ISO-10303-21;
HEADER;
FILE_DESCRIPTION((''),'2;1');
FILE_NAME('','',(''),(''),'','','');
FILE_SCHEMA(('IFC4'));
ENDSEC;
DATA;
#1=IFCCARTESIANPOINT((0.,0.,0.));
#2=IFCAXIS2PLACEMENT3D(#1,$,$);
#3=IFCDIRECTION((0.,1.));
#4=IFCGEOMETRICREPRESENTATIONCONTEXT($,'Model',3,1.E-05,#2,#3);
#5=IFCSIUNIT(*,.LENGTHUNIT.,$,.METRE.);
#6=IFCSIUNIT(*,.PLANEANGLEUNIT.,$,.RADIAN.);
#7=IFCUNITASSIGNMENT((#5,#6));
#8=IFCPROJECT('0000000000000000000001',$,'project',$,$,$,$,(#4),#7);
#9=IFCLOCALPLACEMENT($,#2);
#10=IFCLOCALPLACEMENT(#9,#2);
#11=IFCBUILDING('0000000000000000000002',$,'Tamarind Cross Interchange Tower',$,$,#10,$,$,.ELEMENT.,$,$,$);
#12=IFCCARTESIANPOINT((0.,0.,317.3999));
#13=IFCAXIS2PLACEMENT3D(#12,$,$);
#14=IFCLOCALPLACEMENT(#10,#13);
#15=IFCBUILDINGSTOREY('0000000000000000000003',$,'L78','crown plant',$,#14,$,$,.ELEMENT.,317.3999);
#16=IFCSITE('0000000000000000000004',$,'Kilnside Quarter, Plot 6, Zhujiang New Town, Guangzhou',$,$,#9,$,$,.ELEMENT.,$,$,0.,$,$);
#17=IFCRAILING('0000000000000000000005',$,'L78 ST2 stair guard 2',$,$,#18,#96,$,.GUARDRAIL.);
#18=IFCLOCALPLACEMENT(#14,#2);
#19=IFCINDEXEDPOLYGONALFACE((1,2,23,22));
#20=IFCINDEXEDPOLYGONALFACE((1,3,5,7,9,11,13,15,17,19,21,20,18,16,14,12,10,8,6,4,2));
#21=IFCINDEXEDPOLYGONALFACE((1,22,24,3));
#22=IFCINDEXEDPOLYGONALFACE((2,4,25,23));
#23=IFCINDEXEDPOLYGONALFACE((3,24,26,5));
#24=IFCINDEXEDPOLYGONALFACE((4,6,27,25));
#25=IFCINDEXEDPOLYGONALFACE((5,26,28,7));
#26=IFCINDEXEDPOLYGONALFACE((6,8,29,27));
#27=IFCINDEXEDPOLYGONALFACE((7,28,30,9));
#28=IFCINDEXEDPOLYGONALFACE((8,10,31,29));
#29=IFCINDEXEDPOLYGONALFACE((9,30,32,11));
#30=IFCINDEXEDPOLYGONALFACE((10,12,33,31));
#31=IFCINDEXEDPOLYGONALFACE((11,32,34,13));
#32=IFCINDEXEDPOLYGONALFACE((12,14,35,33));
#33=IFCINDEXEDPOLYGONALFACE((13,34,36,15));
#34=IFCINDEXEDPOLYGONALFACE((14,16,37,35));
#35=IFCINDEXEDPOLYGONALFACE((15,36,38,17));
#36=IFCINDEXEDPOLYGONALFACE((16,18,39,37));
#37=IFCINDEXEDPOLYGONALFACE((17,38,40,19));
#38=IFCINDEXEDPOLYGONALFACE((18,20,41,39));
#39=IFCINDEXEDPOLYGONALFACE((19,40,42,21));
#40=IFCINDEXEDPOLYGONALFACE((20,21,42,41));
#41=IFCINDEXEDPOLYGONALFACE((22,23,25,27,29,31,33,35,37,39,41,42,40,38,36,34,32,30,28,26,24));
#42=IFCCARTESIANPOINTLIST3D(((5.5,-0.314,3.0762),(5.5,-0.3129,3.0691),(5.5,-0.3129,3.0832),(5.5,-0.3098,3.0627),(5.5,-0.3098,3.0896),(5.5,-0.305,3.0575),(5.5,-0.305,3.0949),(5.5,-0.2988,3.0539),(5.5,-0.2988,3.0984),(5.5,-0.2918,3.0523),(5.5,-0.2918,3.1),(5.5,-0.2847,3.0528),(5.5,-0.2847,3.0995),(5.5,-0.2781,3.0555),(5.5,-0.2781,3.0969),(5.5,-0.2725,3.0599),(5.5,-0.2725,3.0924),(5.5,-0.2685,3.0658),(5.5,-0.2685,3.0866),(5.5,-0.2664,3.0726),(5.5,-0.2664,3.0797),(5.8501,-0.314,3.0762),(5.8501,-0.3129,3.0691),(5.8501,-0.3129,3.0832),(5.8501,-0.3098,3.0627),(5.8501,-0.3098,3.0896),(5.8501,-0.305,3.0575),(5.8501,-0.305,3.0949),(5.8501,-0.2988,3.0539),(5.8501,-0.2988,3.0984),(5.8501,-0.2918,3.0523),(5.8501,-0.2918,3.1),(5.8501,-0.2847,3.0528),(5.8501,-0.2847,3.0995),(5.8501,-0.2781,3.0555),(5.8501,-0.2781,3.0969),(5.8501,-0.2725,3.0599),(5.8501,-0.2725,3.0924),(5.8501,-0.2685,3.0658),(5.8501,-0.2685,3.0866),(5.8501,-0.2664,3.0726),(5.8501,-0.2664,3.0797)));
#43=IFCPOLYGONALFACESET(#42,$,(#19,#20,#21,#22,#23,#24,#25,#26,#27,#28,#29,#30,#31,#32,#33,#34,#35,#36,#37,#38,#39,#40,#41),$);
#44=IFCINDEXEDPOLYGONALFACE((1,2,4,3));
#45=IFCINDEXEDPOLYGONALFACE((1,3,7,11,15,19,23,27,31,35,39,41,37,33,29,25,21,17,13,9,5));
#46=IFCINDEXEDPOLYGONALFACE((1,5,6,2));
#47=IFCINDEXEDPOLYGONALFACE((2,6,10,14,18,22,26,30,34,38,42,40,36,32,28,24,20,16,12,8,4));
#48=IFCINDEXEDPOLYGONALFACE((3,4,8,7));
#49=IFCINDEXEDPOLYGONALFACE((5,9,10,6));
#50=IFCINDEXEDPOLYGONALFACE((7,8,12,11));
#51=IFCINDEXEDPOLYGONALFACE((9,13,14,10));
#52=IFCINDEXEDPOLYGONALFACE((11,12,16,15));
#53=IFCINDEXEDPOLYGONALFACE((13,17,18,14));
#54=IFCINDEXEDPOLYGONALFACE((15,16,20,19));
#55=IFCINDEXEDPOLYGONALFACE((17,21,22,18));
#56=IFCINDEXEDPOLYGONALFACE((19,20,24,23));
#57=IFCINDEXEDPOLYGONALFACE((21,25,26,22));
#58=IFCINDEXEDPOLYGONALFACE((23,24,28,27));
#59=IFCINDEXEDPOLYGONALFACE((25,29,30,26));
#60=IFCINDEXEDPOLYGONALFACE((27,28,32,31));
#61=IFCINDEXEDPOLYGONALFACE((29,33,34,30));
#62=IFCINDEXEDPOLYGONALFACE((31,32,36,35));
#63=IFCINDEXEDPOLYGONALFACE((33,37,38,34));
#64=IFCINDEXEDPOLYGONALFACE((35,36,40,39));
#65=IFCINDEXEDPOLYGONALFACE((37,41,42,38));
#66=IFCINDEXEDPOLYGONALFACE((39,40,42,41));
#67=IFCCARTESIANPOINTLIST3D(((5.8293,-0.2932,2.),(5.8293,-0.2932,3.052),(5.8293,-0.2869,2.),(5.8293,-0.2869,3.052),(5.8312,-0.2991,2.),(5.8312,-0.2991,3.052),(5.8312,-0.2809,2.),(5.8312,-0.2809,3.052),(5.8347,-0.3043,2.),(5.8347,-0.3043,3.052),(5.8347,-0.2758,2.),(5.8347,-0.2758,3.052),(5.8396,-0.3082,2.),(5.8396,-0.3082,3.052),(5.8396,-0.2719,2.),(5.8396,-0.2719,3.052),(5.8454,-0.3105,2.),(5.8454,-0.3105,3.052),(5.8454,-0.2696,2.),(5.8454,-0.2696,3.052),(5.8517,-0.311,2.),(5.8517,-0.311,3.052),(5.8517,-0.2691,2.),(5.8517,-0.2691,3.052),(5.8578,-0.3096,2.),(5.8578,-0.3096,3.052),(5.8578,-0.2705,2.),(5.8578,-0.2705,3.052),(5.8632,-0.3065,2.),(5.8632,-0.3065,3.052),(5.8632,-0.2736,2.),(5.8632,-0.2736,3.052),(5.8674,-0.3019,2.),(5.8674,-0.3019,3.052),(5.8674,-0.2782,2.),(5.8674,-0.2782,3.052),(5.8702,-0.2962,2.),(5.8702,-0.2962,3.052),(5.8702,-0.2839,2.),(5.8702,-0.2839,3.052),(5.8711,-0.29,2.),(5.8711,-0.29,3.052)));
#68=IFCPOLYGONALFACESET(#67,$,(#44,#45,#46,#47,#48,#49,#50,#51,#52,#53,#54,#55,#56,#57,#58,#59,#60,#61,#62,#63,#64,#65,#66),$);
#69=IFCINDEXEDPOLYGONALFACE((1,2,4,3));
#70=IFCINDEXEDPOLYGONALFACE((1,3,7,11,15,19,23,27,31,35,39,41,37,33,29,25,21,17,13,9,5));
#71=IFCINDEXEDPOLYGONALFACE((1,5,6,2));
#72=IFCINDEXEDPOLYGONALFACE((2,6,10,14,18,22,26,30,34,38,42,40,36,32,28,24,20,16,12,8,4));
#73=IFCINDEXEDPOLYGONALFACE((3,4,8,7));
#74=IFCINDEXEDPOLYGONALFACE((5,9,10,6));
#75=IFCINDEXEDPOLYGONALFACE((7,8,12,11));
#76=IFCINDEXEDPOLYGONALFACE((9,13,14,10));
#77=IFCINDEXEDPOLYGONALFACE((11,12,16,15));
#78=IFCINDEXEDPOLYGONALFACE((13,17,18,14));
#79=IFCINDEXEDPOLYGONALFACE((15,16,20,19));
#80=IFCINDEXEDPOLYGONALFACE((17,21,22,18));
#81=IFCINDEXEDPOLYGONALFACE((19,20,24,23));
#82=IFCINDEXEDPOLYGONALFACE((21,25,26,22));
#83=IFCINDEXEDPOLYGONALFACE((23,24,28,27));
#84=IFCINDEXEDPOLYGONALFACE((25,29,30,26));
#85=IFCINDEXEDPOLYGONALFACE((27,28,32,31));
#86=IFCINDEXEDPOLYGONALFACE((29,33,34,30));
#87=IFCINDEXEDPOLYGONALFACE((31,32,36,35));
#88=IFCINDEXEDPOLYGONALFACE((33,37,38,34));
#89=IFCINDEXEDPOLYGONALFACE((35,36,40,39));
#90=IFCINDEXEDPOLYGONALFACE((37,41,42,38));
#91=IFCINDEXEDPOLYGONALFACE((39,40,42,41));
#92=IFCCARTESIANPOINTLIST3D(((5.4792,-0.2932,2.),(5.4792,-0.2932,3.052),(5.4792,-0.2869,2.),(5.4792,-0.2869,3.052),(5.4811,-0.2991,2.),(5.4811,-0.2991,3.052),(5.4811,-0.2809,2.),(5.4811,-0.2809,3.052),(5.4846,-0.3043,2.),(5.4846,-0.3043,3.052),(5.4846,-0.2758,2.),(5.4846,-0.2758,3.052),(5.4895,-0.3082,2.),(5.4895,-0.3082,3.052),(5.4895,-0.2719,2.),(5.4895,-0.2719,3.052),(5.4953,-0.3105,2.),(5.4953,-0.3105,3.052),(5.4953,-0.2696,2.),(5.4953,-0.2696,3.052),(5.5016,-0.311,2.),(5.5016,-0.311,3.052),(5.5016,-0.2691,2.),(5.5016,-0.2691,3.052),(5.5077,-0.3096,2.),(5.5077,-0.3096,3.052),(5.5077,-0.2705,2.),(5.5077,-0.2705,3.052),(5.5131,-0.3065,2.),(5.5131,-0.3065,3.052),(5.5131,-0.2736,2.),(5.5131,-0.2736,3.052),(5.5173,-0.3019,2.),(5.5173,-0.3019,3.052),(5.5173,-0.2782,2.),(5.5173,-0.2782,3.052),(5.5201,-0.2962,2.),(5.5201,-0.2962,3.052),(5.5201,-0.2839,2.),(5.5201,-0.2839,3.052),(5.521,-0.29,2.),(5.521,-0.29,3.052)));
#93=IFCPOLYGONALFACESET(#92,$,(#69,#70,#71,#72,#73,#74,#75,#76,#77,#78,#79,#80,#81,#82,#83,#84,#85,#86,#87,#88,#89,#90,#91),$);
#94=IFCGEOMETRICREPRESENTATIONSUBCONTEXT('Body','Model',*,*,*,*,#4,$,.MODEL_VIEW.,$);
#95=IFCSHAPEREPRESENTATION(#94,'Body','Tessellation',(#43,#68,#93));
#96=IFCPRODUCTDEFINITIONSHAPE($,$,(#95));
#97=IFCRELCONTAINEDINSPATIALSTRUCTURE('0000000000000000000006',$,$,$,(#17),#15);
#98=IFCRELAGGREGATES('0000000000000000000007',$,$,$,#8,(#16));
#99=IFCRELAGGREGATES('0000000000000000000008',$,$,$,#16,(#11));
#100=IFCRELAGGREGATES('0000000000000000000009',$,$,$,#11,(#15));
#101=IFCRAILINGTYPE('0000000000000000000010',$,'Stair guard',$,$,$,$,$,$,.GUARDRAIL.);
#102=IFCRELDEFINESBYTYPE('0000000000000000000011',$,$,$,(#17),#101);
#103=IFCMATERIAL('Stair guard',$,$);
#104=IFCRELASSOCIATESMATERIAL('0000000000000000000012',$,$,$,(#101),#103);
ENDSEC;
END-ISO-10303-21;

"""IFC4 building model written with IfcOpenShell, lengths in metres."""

from ifc_helpers import new_model, si_unit, direction, frame, origin, origin_2d, place, context, subcontext, project, spatial, circle, extrude, material, type_object, element, save


model = new_model("IFC4")

# Units and contexts
model_context = context("Model", 3, precision=1e-05, world=origin(), true_north=direction((0.0, 1.0)))
body_context = subcontext(model_context, "Body", "Model", "MODEL_VIEW")
ifc_project = project(units=[si_unit("LENGTHUNIT", "METRE"), si_unit("PLANEANGLEUNIT", "RADIAN")], contexts=[model_context])

# Site, building, storey
site_placement = place(None, origin())
site = spatial("IfcSite", under=ifc_project, at=site_placement, Name="Kilnside Quarter, Plot 6, Zhujiang New Town, Guangzhou", CompositionType="ELEMENT", RefElevation=0.0)
building_placement = place(site_placement, origin())
building = spatial("IfcBuilding", under=site, at=building_placement, Name="Tamarind Cross Interchange Tower", CompositionType="ELEMENT")
storey_placement = place(building_placement, frame((0.0, 0.0, 317.3999)))
storey = spatial("IfcBuildingStorey", under=building, at=storey_placement, Name="L78", Description="crown plant", CompositionType="ELEMENT", Elevation=317.3999)

# Railing
ifc_material_1 = material(Name="Stair guard")
railing_type_1 = type_object("IfcRailingType", Name="Stair guard", PredefinedType="GUARDRAIL", material=ifc_material_1)
railing_1_placement = place(storey_placement, frame((5.8501, -0.29, 2.0)))
element("IfcRailing", 1, at=railing_1_placement, inside=storey, type_object=railing_type_1, Name="L78 ST2 stair guard 2", PredefinedType="GUARDRAIL", context=body_context, shape_type="SweptSolid", body=[
    extrude(circle(Radius=0.0239, at=origin_2d()), frame((0.0, 0.0, 1.0762), z_axis=(-1.0, 0.0, 0.0), x_axis=(0.0, -1.0, 0.0)), (0.0, 0.0, 1.0), 0.3501),
    extrude(circle(Radius=0.021, at=origin_2d()), origin(), (0.0, 0.0, 1.0), 1.052),
    extrude(circle(Radius=0.021, at=origin_2d()), frame((-0.3501, 0.0, 0.0)), (0.0, 0.0, 1.0), 1.052),
])

save(model, "model.ifc")
